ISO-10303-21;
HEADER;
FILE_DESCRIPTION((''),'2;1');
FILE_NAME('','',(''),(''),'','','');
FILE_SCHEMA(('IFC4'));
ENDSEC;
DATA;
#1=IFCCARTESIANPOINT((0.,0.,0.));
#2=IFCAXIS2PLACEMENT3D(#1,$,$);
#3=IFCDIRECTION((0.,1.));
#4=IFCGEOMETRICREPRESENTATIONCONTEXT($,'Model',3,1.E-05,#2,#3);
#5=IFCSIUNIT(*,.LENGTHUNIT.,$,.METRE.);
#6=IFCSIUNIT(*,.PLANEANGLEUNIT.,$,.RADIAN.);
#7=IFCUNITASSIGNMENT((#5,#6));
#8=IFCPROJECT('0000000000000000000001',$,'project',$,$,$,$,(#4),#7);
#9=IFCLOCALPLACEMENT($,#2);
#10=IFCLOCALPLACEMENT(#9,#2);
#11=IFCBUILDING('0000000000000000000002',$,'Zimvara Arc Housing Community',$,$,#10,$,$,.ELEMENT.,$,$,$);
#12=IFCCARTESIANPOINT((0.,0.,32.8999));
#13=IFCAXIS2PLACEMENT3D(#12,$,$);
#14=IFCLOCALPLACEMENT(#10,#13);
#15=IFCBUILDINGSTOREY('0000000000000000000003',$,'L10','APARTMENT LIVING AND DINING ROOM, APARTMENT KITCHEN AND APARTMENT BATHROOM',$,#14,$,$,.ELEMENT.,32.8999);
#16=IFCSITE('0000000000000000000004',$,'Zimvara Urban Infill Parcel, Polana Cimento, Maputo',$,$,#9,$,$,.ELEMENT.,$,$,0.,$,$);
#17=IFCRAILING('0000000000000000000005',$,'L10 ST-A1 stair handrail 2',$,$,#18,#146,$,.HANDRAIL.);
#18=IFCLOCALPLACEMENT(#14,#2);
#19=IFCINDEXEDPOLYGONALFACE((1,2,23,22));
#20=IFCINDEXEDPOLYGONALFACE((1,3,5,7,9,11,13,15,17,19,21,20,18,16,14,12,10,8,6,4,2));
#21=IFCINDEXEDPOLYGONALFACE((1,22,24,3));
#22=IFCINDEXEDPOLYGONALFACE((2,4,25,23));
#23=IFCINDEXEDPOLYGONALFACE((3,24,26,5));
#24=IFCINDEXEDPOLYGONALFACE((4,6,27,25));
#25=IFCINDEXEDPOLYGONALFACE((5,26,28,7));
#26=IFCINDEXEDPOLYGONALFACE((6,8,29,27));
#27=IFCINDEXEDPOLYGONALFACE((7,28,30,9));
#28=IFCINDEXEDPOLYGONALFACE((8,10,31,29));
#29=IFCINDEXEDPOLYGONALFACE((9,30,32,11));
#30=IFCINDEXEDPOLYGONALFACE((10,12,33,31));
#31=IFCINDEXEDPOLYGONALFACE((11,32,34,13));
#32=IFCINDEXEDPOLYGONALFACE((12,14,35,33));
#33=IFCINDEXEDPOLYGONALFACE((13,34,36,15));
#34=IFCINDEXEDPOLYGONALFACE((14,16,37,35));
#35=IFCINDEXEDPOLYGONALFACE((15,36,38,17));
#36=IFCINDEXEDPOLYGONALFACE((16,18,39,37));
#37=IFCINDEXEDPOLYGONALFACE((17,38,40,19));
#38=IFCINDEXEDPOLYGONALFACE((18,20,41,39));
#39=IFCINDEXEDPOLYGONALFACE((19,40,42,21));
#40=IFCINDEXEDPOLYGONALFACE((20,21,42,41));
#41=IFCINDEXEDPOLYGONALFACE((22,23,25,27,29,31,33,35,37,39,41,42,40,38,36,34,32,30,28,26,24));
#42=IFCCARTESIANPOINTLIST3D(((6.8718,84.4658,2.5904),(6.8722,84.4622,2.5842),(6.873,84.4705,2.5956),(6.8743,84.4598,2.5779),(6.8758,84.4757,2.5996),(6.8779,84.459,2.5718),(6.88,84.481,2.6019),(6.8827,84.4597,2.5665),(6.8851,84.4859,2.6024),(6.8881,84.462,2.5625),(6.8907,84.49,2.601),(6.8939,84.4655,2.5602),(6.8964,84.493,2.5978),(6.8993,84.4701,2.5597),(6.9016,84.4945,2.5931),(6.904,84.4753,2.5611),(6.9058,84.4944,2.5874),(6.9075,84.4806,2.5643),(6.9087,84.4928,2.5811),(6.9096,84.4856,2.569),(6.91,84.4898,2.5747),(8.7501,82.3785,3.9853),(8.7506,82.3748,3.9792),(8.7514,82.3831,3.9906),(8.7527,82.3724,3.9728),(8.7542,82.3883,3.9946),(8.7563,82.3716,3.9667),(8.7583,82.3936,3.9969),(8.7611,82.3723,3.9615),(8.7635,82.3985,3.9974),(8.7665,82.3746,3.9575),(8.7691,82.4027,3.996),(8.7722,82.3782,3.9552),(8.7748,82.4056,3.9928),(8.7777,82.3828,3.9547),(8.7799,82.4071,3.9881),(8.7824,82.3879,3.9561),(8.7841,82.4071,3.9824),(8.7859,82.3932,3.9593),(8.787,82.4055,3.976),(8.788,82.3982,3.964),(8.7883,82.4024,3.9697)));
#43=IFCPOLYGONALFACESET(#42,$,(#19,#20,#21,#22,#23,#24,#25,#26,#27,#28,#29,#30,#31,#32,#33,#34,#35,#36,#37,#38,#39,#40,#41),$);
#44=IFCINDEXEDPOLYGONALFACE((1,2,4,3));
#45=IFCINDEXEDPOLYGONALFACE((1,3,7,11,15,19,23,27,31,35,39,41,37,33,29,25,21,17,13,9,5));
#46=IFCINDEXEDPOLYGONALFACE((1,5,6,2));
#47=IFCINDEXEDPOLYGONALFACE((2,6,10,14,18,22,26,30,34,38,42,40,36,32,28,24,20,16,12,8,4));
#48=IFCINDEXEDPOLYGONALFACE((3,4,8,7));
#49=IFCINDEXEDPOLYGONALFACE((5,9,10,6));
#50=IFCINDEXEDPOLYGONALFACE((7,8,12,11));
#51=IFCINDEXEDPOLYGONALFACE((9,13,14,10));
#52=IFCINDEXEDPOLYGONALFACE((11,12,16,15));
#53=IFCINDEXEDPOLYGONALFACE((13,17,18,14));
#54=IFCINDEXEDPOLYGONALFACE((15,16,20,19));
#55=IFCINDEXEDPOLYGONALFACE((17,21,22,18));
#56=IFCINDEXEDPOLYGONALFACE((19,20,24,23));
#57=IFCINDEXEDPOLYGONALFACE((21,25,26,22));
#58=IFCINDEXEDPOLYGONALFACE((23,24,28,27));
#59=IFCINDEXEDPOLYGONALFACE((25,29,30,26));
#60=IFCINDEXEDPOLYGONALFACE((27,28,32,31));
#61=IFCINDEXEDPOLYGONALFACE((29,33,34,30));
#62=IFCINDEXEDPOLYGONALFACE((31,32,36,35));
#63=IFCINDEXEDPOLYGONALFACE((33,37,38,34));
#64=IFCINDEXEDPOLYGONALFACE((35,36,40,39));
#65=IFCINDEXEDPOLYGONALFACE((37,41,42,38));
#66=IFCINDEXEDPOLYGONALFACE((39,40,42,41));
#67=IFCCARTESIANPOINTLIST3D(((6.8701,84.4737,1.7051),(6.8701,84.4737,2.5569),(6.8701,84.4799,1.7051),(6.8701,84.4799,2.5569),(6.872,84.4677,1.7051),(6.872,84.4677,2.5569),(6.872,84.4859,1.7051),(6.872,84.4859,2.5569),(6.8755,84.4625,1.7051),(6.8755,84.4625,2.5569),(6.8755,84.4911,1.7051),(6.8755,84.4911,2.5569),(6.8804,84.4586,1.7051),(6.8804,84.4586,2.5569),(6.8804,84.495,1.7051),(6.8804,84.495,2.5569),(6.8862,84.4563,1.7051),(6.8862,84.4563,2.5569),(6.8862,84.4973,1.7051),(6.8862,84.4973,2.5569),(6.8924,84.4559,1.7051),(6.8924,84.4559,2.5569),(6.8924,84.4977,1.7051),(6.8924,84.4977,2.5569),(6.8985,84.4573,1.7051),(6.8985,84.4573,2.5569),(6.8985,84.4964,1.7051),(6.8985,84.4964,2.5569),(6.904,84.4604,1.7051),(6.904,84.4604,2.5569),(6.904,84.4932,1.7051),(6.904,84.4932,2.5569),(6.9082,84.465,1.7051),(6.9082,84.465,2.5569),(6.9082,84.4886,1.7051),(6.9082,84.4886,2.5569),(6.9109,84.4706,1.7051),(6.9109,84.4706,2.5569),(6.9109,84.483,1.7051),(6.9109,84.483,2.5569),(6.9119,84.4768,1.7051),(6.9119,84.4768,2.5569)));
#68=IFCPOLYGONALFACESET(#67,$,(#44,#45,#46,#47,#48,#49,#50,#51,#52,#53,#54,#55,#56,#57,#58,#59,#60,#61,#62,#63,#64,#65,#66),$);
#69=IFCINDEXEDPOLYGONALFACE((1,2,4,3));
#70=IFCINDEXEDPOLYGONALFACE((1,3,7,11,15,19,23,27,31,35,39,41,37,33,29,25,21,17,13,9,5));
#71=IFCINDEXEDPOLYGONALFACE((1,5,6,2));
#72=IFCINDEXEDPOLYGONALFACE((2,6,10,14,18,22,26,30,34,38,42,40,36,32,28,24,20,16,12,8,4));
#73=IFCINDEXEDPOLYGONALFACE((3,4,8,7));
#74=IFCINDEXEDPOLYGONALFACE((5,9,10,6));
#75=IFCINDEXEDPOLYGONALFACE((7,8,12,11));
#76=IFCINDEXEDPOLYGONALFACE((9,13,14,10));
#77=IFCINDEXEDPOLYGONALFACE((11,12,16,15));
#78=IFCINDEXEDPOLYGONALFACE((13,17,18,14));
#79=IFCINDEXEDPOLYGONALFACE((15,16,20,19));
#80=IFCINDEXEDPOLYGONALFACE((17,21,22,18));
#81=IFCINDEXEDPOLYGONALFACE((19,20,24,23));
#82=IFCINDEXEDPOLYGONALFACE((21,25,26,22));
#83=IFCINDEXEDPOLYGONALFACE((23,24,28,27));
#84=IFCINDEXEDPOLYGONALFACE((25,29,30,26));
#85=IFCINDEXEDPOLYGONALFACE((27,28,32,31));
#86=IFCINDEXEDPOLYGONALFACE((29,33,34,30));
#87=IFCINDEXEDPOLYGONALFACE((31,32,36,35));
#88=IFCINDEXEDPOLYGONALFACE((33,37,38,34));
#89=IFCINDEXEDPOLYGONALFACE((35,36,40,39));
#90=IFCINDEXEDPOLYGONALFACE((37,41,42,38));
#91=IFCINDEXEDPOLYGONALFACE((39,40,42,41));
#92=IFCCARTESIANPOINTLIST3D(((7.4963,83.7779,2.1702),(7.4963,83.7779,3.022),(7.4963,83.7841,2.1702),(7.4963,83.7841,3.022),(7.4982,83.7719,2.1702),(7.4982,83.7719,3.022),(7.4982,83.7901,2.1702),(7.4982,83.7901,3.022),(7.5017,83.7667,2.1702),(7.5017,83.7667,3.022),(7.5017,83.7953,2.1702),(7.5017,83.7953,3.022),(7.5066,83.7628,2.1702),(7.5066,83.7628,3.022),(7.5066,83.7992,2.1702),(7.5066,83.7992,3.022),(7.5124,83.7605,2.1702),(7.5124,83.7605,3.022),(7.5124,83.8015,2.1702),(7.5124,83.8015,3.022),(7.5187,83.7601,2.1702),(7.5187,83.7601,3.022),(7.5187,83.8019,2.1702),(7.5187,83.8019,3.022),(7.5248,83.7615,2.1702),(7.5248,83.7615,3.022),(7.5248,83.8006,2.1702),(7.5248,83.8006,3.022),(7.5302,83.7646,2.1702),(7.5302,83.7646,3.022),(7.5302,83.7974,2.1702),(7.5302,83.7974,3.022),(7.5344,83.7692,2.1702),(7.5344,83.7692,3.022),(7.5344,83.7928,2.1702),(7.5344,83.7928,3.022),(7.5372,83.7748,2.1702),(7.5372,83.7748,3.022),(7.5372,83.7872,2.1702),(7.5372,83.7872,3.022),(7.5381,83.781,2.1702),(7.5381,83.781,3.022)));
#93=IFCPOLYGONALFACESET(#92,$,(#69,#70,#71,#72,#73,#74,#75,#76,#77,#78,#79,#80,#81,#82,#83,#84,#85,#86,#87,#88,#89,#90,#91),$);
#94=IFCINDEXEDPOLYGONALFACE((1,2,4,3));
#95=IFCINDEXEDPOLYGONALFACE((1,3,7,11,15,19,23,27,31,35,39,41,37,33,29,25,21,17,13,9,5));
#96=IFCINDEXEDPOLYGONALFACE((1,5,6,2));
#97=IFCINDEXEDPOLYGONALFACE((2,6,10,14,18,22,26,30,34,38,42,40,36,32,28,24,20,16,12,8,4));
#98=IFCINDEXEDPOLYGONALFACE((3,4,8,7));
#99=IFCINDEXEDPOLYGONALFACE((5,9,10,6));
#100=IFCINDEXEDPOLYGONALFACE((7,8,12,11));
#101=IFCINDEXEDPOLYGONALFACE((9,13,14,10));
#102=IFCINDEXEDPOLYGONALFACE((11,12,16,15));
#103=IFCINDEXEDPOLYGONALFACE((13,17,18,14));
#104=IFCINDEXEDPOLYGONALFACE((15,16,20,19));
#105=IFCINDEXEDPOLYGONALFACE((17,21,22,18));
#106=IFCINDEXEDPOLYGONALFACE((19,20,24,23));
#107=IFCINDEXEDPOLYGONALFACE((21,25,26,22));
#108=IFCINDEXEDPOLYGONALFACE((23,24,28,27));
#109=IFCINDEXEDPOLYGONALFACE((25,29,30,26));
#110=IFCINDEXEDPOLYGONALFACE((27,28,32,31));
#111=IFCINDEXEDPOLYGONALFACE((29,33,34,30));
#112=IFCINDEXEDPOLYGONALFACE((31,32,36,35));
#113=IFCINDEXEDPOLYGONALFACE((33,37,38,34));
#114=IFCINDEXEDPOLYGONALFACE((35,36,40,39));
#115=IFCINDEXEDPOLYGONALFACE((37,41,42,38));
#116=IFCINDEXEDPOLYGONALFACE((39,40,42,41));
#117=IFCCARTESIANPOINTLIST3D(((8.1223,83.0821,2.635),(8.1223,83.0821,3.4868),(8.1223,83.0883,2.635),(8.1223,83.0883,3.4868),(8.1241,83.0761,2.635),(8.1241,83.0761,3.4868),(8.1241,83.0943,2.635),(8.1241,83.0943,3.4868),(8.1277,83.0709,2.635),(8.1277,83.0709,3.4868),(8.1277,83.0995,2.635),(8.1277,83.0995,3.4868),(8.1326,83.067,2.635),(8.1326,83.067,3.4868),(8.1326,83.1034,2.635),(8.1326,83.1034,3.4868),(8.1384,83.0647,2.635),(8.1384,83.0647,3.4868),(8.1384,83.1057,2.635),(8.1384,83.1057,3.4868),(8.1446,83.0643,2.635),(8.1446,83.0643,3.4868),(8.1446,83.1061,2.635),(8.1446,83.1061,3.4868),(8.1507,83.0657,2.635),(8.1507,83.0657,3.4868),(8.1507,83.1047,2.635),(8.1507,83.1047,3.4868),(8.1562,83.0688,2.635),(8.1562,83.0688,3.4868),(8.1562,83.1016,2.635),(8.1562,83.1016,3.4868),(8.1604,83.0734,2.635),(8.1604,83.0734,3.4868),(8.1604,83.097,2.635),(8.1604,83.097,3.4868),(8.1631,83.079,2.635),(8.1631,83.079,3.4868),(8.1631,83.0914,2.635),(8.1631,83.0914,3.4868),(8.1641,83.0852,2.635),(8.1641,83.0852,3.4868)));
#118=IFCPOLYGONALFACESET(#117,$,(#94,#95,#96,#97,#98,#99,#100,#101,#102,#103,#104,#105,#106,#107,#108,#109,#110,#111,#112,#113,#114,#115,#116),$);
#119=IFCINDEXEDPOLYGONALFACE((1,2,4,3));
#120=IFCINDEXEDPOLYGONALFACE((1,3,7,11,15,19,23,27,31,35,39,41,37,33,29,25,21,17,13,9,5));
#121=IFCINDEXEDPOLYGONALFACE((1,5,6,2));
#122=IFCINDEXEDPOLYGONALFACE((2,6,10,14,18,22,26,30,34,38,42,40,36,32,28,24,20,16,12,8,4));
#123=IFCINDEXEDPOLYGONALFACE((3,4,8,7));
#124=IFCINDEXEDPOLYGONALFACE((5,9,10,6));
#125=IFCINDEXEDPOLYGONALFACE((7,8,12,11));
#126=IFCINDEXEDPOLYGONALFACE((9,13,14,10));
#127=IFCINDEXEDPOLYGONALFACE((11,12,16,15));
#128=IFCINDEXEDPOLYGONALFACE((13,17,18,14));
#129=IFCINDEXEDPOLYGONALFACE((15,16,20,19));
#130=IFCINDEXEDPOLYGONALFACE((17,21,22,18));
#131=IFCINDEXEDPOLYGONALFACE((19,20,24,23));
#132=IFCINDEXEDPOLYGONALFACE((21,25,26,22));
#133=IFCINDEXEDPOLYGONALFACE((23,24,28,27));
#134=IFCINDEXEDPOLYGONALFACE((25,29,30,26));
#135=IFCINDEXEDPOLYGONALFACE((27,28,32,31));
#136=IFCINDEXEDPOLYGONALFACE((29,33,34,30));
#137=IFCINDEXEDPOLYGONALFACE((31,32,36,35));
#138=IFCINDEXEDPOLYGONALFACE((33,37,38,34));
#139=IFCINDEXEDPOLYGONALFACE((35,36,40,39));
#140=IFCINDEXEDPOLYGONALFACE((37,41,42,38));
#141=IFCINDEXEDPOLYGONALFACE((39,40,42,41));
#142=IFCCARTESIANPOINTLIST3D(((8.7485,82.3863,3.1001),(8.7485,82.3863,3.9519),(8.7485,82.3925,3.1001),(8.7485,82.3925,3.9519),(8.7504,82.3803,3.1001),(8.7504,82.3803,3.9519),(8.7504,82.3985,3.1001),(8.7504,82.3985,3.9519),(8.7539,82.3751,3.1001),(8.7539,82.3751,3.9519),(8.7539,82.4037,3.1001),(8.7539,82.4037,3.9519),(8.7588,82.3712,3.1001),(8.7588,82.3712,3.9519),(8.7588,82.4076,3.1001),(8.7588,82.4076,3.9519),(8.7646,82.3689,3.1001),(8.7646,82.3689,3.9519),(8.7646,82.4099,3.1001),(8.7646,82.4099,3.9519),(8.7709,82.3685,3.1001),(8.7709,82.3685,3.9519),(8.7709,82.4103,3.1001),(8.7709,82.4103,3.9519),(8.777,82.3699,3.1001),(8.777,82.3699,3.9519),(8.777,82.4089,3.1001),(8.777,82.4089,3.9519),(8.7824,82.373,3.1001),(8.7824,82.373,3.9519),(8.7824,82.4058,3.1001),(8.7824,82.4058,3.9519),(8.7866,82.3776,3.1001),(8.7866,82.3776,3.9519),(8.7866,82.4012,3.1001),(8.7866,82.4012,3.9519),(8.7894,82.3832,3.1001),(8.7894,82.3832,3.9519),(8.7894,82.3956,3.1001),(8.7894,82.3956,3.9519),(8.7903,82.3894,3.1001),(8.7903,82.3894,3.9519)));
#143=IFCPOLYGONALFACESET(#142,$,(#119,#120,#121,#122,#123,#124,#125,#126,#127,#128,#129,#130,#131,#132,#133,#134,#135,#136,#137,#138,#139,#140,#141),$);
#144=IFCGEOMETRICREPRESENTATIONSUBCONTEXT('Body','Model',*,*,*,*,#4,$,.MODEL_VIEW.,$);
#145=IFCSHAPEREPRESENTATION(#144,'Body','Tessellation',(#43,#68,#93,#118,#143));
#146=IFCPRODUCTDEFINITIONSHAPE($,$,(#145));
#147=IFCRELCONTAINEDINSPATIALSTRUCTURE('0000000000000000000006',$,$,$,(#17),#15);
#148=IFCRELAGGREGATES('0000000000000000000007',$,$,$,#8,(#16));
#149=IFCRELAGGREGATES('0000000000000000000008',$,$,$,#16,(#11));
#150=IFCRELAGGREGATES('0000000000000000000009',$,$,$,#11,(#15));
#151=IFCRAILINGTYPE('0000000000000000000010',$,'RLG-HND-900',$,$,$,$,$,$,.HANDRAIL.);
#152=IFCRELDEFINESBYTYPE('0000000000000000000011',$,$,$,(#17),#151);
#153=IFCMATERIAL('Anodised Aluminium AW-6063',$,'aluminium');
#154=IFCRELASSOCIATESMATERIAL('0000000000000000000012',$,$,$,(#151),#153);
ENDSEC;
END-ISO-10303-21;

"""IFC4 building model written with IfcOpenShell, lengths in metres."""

from ifc_helpers import new_model, si_unit, direction, frame, origin, origin_2d, place, context, subcontext, project, spatial, circle, extrude, material, type_object, element, save


model = new_model("IFC4")

# Units and contexts
model_context = context("Model", 3, precision=1e-05, world=origin(), true_north=direction((0.0, 1.0)))
body_context = subcontext(model_context, "Body", "Model", "MODEL_VIEW")
ifc_project = project(units=[si_unit("LENGTHUNIT", "METRE"), si_unit("PLANEANGLEUNIT", "RADIAN")], contexts=[model_context])

# Site, building, storey
site_placement = place(None, origin())
site = spatial("IfcSite", under=ifc_project, at=site_placement, Name="Zimvara Urban Infill Parcel, Polana Cimento, Maputo", CompositionType="ELEMENT", RefElevation=0.0)
building_placement = place(site_placement, origin())
building = spatial("IfcBuilding", under=site, at=building_placement, Name="Zimvara Arc Housing Community", CompositionType="ELEMENT")
storey_placement = place(building_placement, frame((0.0, 0.0, 32.8999)))
storey = spatial("IfcBuildingStorey", under=building, at=storey_placement, Name="L10", Description="APARTMENT LIVING AND DINING ROOM, APARTMENT KITCHEN AND APARTMENT BATHROOM", CompositionType="ELEMENT", Elevation=32.8999)

# Railing
ifc_material_1 = material(Name="Anodised Aluminium AW-6063", Category="aluminium")
railing_type_1 = type_object("IfcRailingType", Name="RLG-HND-900", PredefinedType="HANDRAIL", material=ifc_material_1)
railing_1_placement = place(storey_placement, frame((6.8909, 84.4768, 1.7051)))
element("IfcRailing", 1, at=railing_1_placement, inside=storey, type_object=railing_type_1, Name="L10 ST-A1 stair handrail 2", PredefinedType="HANDRAIL", context=body_context, shape_type="SweptSolid", body=[
    extrude(circle(Radius=0.0239, at=origin_2d()), frame((0.0, 0.0, 0.876), z_axis=(0.599068, -0.665718, 0.444902), x_axis=(0.743337, 0.668917, 0.0)), (0.0, 0.0, 1.0), 3.1355),
    extrude(circle(Radius=0.021, at=origin_2d()), origin(), (0.0, 0.0, 1.0), 0.8518),
    extrude(circle(Radius=0.021, at=origin_2d()), frame((0.6262, -0.6958, 0.4651)), (0.0, 0.0, 1.0), 0.8518),
    extrude(circle(Radius=0.021, at=origin_2d()), frame((1.2522, -1.3916, 0.9299)), (0.0, 0.0, 1.0), 0.8518),
    extrude(circle(Radius=0.021, at=origin_2d()), frame((1.8784, -2.0874, 1.395)), (0.0, 0.0, 1.0), 0.8518),
])

save(model, "model.ifc")
